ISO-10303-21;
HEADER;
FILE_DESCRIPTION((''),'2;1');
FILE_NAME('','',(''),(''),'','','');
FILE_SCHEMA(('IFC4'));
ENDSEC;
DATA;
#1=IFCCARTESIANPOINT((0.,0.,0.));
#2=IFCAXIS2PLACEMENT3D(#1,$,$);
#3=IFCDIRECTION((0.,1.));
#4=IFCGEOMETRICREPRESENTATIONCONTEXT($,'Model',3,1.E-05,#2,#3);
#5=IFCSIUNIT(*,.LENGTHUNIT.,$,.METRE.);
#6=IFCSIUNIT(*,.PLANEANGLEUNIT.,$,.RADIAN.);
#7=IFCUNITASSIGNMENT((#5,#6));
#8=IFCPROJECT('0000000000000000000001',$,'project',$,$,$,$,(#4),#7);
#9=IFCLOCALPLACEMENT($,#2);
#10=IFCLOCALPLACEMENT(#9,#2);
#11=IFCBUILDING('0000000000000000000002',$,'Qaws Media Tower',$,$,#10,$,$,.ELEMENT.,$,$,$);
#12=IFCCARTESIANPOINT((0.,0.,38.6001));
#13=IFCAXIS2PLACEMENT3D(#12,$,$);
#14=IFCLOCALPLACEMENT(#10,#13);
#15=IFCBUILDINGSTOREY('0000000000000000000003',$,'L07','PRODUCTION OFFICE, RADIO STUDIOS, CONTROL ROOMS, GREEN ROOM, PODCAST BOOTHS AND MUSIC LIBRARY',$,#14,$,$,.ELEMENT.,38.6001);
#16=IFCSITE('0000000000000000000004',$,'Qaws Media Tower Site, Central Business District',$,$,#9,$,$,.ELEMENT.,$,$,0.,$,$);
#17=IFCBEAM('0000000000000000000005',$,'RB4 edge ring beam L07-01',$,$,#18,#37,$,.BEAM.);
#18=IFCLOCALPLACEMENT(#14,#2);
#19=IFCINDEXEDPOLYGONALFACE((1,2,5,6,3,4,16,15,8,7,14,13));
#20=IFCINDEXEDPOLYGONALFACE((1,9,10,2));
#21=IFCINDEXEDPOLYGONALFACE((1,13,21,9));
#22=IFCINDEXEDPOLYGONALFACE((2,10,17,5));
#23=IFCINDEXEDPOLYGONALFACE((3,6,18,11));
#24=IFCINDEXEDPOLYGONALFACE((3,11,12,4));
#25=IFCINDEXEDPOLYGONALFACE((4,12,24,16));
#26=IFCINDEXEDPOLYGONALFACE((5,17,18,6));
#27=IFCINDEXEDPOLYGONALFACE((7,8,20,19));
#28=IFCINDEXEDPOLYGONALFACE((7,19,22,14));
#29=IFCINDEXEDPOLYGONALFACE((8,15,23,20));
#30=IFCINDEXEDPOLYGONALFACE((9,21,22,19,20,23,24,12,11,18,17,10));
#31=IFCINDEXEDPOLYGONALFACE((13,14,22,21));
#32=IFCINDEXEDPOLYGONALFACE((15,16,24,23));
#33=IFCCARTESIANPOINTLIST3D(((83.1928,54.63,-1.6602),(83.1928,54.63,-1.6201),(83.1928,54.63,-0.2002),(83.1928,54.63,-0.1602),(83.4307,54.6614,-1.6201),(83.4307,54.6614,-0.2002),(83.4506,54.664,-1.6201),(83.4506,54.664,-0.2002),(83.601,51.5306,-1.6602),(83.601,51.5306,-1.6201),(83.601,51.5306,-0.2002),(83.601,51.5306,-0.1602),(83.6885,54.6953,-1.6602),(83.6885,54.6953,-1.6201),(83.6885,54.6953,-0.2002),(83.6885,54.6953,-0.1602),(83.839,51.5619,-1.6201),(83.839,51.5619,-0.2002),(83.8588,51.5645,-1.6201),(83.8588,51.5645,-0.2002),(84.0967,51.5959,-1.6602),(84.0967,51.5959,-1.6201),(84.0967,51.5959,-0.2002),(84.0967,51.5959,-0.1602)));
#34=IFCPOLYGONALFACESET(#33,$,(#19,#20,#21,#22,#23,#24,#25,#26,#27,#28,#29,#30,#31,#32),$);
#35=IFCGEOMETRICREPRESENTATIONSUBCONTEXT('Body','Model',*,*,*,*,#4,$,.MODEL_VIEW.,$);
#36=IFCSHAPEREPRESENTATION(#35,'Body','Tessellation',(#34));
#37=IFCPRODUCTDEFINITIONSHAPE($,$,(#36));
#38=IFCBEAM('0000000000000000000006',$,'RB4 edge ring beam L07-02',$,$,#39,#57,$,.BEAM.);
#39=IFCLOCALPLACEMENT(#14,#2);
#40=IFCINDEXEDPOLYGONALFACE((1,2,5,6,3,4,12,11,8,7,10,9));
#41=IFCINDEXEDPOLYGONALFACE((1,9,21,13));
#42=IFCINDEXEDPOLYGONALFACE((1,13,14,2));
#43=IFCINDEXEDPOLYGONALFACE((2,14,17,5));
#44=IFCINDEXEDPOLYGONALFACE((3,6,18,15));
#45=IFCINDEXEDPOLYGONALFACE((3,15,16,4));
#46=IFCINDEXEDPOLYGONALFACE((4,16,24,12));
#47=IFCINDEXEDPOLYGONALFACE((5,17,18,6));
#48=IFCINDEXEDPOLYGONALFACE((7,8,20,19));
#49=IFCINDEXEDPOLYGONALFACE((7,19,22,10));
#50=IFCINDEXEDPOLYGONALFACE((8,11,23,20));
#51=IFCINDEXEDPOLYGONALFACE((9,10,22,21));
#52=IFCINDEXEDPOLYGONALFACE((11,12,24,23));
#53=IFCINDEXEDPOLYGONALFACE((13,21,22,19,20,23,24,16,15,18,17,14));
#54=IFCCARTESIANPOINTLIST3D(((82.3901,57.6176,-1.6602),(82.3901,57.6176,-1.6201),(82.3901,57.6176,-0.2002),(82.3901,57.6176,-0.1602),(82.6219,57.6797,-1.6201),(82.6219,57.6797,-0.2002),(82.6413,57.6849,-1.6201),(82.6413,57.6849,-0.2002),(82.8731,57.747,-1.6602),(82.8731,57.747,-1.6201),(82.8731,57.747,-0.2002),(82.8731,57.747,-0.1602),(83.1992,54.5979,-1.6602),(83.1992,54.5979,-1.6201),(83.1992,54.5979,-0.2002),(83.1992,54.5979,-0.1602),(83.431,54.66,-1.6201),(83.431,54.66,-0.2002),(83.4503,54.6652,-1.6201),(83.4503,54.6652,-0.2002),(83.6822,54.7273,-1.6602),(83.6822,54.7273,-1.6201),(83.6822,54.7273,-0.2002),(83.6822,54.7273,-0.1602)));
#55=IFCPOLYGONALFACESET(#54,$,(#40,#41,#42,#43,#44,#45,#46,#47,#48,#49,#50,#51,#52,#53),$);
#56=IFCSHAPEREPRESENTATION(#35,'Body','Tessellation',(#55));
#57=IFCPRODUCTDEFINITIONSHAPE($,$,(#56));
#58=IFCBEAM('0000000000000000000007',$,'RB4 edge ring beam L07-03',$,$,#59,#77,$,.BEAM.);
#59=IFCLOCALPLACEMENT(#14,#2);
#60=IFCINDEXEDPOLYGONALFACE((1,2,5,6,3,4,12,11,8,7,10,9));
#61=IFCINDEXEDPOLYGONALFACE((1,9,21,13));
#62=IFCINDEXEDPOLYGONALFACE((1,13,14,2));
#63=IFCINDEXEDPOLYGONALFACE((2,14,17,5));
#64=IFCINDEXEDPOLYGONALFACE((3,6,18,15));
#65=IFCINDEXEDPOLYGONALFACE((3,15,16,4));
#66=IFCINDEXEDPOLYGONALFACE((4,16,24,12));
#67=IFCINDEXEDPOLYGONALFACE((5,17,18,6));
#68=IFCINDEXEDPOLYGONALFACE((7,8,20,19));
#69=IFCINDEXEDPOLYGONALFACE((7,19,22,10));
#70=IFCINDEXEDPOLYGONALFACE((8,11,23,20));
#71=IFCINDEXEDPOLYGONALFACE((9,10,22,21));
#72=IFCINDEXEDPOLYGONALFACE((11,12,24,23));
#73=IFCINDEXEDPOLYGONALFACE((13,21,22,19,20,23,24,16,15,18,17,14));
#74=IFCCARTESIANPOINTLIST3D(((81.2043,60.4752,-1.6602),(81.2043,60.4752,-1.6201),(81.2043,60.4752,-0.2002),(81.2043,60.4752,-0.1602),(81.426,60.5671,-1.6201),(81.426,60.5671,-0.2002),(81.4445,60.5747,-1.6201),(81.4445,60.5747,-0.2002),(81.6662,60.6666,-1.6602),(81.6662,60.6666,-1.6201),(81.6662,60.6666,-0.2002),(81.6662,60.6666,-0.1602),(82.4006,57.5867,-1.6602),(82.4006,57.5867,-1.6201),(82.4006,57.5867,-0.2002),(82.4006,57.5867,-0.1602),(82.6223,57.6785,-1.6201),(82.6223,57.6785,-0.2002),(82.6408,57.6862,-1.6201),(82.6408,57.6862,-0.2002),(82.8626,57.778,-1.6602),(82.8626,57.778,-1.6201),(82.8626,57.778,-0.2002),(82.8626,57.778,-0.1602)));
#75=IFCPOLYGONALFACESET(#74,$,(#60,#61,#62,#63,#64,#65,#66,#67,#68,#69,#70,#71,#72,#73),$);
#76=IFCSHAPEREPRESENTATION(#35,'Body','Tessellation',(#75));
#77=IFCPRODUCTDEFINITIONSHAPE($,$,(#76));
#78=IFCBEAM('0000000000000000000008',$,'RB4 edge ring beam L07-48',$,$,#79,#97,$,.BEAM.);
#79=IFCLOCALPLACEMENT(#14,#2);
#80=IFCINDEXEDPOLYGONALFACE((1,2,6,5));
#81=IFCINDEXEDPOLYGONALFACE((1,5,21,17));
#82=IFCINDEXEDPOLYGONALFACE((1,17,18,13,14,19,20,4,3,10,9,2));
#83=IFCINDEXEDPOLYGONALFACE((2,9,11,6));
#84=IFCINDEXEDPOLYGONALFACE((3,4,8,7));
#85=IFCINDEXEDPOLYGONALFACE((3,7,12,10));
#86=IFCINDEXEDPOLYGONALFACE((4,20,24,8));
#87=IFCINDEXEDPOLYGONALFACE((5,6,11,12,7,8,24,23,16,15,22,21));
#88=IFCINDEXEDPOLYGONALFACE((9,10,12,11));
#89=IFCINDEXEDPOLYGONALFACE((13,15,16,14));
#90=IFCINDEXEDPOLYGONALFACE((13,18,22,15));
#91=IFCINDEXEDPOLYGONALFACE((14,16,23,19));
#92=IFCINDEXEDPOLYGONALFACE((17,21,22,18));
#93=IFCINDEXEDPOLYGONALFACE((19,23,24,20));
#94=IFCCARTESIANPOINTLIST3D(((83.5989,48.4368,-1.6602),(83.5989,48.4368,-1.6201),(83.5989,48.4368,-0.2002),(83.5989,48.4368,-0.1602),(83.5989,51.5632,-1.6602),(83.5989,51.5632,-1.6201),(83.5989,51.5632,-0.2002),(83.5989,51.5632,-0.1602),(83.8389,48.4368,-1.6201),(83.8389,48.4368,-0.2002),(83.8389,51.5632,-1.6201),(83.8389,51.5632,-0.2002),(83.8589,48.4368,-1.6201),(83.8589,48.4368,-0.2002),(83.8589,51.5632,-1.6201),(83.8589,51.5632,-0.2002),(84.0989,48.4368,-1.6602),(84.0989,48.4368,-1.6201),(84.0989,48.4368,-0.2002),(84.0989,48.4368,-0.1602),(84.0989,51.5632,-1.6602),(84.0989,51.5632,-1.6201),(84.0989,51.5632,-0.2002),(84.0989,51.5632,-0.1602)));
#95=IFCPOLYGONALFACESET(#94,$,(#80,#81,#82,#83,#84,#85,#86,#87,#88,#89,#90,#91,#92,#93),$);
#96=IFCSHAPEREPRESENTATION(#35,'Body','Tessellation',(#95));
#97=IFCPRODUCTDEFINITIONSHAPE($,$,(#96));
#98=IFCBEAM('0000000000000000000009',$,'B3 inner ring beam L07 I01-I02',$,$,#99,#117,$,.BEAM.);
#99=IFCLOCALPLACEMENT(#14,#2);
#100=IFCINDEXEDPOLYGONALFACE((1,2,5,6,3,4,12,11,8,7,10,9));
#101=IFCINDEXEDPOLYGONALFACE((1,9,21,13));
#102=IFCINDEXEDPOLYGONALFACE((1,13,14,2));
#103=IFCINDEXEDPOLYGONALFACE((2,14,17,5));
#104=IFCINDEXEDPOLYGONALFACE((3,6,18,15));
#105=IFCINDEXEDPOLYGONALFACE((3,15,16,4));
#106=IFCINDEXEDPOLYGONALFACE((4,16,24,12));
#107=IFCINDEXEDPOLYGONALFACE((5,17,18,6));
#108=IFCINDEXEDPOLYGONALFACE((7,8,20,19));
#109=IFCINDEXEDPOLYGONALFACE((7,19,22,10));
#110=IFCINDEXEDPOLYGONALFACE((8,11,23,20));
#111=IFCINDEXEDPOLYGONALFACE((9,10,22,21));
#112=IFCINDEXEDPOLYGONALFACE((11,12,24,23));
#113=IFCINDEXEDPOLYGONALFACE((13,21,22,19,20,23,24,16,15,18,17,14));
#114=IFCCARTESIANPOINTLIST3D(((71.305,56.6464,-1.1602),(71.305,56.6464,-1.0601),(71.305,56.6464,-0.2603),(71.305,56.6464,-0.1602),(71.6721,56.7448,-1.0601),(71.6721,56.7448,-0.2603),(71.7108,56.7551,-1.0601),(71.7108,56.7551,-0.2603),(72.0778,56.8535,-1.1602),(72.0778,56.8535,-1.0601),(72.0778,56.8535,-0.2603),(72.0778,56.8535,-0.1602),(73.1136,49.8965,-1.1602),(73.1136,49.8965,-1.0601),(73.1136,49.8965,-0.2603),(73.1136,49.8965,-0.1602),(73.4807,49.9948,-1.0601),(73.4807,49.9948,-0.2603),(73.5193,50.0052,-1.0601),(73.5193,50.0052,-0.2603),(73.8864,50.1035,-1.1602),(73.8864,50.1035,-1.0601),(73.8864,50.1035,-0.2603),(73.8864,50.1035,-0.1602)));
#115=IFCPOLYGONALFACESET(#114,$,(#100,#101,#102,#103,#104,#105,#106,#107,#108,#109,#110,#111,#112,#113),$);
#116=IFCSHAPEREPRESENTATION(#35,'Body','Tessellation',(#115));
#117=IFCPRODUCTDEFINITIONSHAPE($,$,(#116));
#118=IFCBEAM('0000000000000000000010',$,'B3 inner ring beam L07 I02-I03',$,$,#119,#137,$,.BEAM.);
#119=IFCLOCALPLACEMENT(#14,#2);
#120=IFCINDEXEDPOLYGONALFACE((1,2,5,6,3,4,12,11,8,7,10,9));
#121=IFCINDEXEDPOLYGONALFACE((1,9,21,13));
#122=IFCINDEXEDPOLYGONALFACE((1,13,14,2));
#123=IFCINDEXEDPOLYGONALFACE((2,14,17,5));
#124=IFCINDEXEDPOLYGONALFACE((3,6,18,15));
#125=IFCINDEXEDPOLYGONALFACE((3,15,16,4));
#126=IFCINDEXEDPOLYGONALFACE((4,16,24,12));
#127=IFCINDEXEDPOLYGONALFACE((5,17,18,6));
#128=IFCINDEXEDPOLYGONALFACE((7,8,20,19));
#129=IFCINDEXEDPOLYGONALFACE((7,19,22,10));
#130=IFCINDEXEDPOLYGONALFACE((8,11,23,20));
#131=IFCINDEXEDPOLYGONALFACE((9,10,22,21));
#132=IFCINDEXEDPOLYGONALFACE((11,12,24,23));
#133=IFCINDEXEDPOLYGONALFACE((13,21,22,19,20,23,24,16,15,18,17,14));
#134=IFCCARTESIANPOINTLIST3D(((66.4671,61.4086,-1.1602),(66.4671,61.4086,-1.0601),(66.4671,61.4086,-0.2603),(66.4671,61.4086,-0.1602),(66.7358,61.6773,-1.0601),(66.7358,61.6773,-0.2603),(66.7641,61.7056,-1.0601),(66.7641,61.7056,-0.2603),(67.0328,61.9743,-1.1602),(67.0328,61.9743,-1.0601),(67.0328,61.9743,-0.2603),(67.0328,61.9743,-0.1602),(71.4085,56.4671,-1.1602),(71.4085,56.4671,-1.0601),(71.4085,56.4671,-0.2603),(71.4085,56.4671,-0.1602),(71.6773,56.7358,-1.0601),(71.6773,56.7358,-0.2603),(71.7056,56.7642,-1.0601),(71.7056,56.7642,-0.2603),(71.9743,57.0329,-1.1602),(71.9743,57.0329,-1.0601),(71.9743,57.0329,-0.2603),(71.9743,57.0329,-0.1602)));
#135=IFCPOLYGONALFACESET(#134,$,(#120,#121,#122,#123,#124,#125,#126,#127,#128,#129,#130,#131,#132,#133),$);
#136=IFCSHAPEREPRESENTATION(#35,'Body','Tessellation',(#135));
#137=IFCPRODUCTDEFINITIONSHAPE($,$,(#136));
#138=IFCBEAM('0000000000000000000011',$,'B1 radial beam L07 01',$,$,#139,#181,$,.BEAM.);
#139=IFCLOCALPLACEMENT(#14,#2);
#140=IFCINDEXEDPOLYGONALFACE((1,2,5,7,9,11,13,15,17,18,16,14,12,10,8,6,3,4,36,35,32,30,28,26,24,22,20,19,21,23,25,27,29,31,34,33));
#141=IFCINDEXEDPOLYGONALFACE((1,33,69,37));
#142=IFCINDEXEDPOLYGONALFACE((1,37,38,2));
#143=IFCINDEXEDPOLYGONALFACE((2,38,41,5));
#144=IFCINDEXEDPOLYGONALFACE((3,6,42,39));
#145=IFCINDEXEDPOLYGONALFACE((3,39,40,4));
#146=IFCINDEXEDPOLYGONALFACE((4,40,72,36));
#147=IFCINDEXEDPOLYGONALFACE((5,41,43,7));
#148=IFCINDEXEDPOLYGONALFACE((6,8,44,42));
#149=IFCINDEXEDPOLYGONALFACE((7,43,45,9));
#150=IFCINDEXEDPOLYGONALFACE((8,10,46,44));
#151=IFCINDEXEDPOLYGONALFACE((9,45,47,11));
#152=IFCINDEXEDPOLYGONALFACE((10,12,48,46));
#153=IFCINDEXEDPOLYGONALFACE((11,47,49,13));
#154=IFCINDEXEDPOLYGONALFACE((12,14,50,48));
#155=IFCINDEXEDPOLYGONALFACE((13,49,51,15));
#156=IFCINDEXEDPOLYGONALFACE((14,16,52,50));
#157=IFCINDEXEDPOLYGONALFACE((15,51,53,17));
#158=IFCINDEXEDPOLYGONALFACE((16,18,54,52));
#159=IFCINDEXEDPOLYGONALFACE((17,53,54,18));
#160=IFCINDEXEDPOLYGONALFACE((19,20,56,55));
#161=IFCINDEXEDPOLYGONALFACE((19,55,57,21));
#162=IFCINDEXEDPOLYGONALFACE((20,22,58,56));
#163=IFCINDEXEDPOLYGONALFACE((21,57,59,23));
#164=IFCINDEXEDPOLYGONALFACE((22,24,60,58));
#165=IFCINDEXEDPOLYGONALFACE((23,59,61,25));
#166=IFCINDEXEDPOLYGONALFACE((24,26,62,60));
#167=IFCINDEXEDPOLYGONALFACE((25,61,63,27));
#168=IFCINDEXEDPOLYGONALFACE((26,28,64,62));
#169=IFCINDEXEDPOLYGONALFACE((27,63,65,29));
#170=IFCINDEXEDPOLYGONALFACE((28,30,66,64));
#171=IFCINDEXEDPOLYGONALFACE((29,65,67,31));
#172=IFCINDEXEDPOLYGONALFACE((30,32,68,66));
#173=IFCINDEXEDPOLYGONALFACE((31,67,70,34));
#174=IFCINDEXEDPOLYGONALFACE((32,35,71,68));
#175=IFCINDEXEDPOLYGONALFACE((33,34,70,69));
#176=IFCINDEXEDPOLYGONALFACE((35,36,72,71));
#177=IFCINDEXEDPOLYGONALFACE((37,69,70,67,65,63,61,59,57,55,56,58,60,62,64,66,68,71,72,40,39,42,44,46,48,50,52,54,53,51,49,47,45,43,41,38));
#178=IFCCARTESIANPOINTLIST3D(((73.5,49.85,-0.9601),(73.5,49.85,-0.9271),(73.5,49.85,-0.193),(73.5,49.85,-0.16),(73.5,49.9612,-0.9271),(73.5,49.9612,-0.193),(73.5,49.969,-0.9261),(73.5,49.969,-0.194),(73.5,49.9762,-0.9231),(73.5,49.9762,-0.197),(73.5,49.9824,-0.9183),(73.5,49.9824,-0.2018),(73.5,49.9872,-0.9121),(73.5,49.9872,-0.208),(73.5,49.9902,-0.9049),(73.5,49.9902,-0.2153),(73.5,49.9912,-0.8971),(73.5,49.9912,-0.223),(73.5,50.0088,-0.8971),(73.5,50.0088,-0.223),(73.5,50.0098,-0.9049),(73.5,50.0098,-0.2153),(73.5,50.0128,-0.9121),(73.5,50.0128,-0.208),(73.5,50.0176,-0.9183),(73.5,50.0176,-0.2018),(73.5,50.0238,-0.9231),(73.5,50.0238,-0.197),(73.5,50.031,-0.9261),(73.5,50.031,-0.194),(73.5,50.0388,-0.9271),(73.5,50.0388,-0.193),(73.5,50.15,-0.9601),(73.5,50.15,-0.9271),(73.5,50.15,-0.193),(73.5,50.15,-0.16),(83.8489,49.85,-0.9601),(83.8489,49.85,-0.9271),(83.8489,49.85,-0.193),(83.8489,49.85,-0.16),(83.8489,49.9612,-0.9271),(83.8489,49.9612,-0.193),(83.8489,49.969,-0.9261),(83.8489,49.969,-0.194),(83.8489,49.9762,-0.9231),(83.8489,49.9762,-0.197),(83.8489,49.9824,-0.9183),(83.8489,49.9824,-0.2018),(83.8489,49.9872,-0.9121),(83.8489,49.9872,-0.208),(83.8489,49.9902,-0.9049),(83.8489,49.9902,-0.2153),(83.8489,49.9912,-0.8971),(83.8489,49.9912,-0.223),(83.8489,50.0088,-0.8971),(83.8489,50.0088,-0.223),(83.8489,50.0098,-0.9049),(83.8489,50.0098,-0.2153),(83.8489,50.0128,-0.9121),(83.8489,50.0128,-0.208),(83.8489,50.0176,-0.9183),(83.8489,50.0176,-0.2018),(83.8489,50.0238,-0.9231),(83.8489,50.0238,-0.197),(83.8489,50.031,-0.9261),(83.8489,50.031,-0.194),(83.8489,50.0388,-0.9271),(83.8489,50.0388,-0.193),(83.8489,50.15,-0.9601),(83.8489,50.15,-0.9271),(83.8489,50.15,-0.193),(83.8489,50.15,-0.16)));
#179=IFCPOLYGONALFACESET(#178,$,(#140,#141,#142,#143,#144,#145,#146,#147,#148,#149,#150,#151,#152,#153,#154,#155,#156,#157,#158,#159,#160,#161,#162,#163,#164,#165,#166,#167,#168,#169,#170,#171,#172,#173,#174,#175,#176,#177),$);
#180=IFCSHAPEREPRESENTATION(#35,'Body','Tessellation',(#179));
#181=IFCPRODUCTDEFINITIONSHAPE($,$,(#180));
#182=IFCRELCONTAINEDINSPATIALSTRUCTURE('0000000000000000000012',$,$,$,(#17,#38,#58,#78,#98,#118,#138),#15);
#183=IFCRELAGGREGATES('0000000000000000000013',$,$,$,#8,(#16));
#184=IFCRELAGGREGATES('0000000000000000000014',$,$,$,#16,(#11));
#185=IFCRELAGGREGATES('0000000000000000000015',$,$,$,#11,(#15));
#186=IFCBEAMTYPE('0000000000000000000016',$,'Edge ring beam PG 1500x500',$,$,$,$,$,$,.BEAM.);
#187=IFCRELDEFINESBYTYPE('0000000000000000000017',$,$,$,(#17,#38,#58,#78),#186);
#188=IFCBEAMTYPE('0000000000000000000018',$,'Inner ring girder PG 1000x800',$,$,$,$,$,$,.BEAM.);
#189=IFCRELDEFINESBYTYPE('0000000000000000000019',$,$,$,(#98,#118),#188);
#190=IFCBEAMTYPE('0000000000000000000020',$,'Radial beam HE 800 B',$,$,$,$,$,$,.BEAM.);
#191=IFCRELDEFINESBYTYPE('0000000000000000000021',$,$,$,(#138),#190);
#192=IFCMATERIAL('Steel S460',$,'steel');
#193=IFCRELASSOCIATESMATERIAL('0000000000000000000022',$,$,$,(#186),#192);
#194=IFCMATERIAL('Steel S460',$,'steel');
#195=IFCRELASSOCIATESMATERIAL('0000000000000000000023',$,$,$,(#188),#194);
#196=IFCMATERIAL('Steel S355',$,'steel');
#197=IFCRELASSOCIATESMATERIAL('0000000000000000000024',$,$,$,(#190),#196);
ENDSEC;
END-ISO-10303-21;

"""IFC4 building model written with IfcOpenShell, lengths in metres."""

from ifc_helpers import new_model, si_unit, direction, frame, origin, origin_2d, place, context, subcontext, project, spatial, i_section, extrude, material, material_profile, profile_set, type_object, element, save


model = new_model("IFC4")

# Units and contexts
model_context = context("Model", 3, precision=1e-05, world=origin(), true_north=direction((0.0, 1.0)))
body_context = subcontext(model_context, "Body", "Model", "MODEL_VIEW")
ifc_project = project(units=[si_unit("LENGTHUNIT", "METRE"), si_unit("PLANEANGLEUNIT", "RADIAN")], contexts=[model_context])

# Site, building, storey
site_placement = place(None, origin())
site = spatial("IfcSite", under=ifc_project, at=site_placement, Name="Qaws Media Tower Site, Central Business District", CompositionType="ELEMENT", RefElevation=0.0)
building_placement = place(site_placement, origin())
building = spatial("IfcBuilding", under=site, at=building_placement, Name="Qaws Media Tower", CompositionType="ELEMENT")
storey_placement = place(building_placement, frame((0.0, 0.0, 38.6001)))
storey = spatial("IfcBuildingStorey", under=building, at=storey_placement, Name="L07", Description="PRODUCTION OFFICE, RADIO STUDIOS, CONTROL ROOMS, GREEN ROOM, PODCAST BOOTHS AND MUSIC LIBRARY", CompositionType="ELEMENT", Elevation=38.6001)

# Beams
ifc_material_1 = material(Name="Steel S460", Category="steel")
ifc_material_profile_1 = material_profile(ifc_material_1, i_section(OverallWidth=0.5, OverallDepth=1.5, WebThickness=0.02, FlangeThickness=0.04, at=origin_2d()), Name="PG 1500x500")
ifc_profile_set_1 = profile_set([ifc_material_profile_1], Name="Steel S460")
beam_type_1 = type_object("IfcBeamType", Name="Edge ring beam PG 1500x500", PredefinedType="BEAM", material=ifc_profile_set_1)
for number, where, z_axis, x_axis, name in (
    (1, (83.8489, 51.5632, -0.9102), (-0.130578, 0.991438, 0.0), (-0.991438, -0.130578, 0.0), "RB4 edge ring beam L07-01"),
    (2, (83.4407, 54.6626, -0.9102), (-0.2588, 0.965931, 0.0), (-0.965931, -0.2588, 0.0), "RB4 edge ring beam L07-02"),
):
    element("IfcBeam", number, at=place(storey_placement, frame(where, z_axis=z_axis, x_axis=x_axis)), inside=storey, type_object=beam_type_1, Name=name, PredefinedType="BEAM", context=body_context, shape_type="SweptSolid", body=[
        extrude(i_section(OverallWidth=0.5, OverallDepth=1.5, WebThickness=0.02, FlangeThickness=0.04, at=origin_2d()), origin(), (0.0, 0.0, 1.0), 3.1262),
    ])
for number, where, z_axis, x_axis, name in (
    (3, (82.6316, 57.6824, -0.9102), (-0.382646, 0.923895, 0.0), (-0.923895, -0.382646, 0.0), "RB4 edge ring beam L07-03"),
    (4, (83.8489, 48.4368, -0.9102), (0.0, 1.0, 0.0), (-1.0, 0.0, 0.0), "RB4 edge ring beam L07-48"),
):
    element("IfcBeam", number, at=place(storey_placement, frame(where, z_axis=z_axis, x_axis=x_axis)), inside=storey, type_object=beam_type_1, Name=name, PredefinedType="BEAM", context=body_context, shape_type="SweptSolid", body=[
        extrude(i_section(OverallWidth=0.5, OverallDepth=1.5, WebThickness=0.02, FlangeThickness=0.04, at=origin_2d()), origin(), (0.0, 0.0, 1.0), 3.1265),
    ])
ifc_material_2 = material(Name="Steel S460", Category="steel")
ifc_material_profile_2 = material_profile(ifc_material_2, i_section(OverallWidth=0.8, OverallDepth=1.0, WebThickness=0.04, FlangeThickness=0.1001, at=origin_2d()), Name="PG 1000x800")
ifc_profile_set_2 = profile_set([ifc_material_profile_2], Name="Steel S460")
beam_type_2 = type_object("IfcBeamType", Name="Inner ring girder PG 1000x800", PredefinedType="BEAM", material=ifc_profile_set_2)
beam_1_placement = place(storey_placement, frame((73.5, 50.0, -0.6602), z_axis=(-0.258811, 0.965928, 0.0), x_axis=(-0.965928, -0.258811, 0.0)))
element("IfcBeam", 5, at=beam_1_placement, inside=storey, type_object=beam_type_2, Name="B3 inner ring beam L07 I01-I02", PredefinedType="BEAM", context=body_context, shape_type="SweptSolid", body=[
    extrude(i_section(OverallWidth=0.8, OverallDepth=1.0, WebThickness=0.04, FlangeThickness=0.1001, at=origin_2d()), origin(), (0.0, 0.0, 1.0), 6.988),
])
beam_2_placement = place(storey_placement, frame((71.6914, 56.75, -0.6602), z_axis=(-0.707107, 0.707107, 0.0), x_axis=(-0.707107, -0.707107, 0.0)))
element("IfcBeam", 6, at=beam_2_placement, inside=storey, type_object=beam_type_2, Name="B3 inner ring beam L07 I02-I03", PredefinedType="BEAM", context=body_context, shape_type="SweptSolid", body=[
    extrude(i_section(OverallWidth=0.8, OverallDepth=1.0, WebThickness=0.04, FlangeThickness=0.1001, at=origin_2d()), origin(), (0.0, 0.0, 1.0), 6.9883),
])
ifc_material_3 = material(Name="Steel S355", Category="steel")
ifc_material_profile_3 = material_profile(ifc_material_3, i_section(OverallWidth=0.3, OverallDepth=0.8, WebThickness=0.0176, FlangeThickness=0.033, FilletRadius=0.03, at=origin_2d()), Name="HE 800 B")
ifc_profile_set_3 = profile_set([ifc_material_profile_3], Name="Steel S355")
beam_type_3 = type_object("IfcBeamType", Name="Radial beam HE 800 B", PredefinedType="BEAM", material=ifc_profile_set_3)
beam_3_placement = place(storey_placement, frame((73.5, 50.0, -0.5601), z_axis=(1.0, 0.0, 0.0), x_axis=(0.0, 1.0, 0.0)))
element("IfcBeam", 7, at=beam_3_placement, inside=storey, type_object=beam_type_3, Name="B1 radial beam L07 01", PredefinedType="BEAM", context=body_context, shape_type="SweptSolid", body=[
    extrude(i_section(OverallWidth=0.3, OverallDepth=0.8, WebThickness=0.0176, FlangeThickness=0.033, FilletRadius=0.03, at=origin_2d()), origin(), (0.0, 0.0, 1.0), 10.3489),
])

save(model, "model.ifc")
